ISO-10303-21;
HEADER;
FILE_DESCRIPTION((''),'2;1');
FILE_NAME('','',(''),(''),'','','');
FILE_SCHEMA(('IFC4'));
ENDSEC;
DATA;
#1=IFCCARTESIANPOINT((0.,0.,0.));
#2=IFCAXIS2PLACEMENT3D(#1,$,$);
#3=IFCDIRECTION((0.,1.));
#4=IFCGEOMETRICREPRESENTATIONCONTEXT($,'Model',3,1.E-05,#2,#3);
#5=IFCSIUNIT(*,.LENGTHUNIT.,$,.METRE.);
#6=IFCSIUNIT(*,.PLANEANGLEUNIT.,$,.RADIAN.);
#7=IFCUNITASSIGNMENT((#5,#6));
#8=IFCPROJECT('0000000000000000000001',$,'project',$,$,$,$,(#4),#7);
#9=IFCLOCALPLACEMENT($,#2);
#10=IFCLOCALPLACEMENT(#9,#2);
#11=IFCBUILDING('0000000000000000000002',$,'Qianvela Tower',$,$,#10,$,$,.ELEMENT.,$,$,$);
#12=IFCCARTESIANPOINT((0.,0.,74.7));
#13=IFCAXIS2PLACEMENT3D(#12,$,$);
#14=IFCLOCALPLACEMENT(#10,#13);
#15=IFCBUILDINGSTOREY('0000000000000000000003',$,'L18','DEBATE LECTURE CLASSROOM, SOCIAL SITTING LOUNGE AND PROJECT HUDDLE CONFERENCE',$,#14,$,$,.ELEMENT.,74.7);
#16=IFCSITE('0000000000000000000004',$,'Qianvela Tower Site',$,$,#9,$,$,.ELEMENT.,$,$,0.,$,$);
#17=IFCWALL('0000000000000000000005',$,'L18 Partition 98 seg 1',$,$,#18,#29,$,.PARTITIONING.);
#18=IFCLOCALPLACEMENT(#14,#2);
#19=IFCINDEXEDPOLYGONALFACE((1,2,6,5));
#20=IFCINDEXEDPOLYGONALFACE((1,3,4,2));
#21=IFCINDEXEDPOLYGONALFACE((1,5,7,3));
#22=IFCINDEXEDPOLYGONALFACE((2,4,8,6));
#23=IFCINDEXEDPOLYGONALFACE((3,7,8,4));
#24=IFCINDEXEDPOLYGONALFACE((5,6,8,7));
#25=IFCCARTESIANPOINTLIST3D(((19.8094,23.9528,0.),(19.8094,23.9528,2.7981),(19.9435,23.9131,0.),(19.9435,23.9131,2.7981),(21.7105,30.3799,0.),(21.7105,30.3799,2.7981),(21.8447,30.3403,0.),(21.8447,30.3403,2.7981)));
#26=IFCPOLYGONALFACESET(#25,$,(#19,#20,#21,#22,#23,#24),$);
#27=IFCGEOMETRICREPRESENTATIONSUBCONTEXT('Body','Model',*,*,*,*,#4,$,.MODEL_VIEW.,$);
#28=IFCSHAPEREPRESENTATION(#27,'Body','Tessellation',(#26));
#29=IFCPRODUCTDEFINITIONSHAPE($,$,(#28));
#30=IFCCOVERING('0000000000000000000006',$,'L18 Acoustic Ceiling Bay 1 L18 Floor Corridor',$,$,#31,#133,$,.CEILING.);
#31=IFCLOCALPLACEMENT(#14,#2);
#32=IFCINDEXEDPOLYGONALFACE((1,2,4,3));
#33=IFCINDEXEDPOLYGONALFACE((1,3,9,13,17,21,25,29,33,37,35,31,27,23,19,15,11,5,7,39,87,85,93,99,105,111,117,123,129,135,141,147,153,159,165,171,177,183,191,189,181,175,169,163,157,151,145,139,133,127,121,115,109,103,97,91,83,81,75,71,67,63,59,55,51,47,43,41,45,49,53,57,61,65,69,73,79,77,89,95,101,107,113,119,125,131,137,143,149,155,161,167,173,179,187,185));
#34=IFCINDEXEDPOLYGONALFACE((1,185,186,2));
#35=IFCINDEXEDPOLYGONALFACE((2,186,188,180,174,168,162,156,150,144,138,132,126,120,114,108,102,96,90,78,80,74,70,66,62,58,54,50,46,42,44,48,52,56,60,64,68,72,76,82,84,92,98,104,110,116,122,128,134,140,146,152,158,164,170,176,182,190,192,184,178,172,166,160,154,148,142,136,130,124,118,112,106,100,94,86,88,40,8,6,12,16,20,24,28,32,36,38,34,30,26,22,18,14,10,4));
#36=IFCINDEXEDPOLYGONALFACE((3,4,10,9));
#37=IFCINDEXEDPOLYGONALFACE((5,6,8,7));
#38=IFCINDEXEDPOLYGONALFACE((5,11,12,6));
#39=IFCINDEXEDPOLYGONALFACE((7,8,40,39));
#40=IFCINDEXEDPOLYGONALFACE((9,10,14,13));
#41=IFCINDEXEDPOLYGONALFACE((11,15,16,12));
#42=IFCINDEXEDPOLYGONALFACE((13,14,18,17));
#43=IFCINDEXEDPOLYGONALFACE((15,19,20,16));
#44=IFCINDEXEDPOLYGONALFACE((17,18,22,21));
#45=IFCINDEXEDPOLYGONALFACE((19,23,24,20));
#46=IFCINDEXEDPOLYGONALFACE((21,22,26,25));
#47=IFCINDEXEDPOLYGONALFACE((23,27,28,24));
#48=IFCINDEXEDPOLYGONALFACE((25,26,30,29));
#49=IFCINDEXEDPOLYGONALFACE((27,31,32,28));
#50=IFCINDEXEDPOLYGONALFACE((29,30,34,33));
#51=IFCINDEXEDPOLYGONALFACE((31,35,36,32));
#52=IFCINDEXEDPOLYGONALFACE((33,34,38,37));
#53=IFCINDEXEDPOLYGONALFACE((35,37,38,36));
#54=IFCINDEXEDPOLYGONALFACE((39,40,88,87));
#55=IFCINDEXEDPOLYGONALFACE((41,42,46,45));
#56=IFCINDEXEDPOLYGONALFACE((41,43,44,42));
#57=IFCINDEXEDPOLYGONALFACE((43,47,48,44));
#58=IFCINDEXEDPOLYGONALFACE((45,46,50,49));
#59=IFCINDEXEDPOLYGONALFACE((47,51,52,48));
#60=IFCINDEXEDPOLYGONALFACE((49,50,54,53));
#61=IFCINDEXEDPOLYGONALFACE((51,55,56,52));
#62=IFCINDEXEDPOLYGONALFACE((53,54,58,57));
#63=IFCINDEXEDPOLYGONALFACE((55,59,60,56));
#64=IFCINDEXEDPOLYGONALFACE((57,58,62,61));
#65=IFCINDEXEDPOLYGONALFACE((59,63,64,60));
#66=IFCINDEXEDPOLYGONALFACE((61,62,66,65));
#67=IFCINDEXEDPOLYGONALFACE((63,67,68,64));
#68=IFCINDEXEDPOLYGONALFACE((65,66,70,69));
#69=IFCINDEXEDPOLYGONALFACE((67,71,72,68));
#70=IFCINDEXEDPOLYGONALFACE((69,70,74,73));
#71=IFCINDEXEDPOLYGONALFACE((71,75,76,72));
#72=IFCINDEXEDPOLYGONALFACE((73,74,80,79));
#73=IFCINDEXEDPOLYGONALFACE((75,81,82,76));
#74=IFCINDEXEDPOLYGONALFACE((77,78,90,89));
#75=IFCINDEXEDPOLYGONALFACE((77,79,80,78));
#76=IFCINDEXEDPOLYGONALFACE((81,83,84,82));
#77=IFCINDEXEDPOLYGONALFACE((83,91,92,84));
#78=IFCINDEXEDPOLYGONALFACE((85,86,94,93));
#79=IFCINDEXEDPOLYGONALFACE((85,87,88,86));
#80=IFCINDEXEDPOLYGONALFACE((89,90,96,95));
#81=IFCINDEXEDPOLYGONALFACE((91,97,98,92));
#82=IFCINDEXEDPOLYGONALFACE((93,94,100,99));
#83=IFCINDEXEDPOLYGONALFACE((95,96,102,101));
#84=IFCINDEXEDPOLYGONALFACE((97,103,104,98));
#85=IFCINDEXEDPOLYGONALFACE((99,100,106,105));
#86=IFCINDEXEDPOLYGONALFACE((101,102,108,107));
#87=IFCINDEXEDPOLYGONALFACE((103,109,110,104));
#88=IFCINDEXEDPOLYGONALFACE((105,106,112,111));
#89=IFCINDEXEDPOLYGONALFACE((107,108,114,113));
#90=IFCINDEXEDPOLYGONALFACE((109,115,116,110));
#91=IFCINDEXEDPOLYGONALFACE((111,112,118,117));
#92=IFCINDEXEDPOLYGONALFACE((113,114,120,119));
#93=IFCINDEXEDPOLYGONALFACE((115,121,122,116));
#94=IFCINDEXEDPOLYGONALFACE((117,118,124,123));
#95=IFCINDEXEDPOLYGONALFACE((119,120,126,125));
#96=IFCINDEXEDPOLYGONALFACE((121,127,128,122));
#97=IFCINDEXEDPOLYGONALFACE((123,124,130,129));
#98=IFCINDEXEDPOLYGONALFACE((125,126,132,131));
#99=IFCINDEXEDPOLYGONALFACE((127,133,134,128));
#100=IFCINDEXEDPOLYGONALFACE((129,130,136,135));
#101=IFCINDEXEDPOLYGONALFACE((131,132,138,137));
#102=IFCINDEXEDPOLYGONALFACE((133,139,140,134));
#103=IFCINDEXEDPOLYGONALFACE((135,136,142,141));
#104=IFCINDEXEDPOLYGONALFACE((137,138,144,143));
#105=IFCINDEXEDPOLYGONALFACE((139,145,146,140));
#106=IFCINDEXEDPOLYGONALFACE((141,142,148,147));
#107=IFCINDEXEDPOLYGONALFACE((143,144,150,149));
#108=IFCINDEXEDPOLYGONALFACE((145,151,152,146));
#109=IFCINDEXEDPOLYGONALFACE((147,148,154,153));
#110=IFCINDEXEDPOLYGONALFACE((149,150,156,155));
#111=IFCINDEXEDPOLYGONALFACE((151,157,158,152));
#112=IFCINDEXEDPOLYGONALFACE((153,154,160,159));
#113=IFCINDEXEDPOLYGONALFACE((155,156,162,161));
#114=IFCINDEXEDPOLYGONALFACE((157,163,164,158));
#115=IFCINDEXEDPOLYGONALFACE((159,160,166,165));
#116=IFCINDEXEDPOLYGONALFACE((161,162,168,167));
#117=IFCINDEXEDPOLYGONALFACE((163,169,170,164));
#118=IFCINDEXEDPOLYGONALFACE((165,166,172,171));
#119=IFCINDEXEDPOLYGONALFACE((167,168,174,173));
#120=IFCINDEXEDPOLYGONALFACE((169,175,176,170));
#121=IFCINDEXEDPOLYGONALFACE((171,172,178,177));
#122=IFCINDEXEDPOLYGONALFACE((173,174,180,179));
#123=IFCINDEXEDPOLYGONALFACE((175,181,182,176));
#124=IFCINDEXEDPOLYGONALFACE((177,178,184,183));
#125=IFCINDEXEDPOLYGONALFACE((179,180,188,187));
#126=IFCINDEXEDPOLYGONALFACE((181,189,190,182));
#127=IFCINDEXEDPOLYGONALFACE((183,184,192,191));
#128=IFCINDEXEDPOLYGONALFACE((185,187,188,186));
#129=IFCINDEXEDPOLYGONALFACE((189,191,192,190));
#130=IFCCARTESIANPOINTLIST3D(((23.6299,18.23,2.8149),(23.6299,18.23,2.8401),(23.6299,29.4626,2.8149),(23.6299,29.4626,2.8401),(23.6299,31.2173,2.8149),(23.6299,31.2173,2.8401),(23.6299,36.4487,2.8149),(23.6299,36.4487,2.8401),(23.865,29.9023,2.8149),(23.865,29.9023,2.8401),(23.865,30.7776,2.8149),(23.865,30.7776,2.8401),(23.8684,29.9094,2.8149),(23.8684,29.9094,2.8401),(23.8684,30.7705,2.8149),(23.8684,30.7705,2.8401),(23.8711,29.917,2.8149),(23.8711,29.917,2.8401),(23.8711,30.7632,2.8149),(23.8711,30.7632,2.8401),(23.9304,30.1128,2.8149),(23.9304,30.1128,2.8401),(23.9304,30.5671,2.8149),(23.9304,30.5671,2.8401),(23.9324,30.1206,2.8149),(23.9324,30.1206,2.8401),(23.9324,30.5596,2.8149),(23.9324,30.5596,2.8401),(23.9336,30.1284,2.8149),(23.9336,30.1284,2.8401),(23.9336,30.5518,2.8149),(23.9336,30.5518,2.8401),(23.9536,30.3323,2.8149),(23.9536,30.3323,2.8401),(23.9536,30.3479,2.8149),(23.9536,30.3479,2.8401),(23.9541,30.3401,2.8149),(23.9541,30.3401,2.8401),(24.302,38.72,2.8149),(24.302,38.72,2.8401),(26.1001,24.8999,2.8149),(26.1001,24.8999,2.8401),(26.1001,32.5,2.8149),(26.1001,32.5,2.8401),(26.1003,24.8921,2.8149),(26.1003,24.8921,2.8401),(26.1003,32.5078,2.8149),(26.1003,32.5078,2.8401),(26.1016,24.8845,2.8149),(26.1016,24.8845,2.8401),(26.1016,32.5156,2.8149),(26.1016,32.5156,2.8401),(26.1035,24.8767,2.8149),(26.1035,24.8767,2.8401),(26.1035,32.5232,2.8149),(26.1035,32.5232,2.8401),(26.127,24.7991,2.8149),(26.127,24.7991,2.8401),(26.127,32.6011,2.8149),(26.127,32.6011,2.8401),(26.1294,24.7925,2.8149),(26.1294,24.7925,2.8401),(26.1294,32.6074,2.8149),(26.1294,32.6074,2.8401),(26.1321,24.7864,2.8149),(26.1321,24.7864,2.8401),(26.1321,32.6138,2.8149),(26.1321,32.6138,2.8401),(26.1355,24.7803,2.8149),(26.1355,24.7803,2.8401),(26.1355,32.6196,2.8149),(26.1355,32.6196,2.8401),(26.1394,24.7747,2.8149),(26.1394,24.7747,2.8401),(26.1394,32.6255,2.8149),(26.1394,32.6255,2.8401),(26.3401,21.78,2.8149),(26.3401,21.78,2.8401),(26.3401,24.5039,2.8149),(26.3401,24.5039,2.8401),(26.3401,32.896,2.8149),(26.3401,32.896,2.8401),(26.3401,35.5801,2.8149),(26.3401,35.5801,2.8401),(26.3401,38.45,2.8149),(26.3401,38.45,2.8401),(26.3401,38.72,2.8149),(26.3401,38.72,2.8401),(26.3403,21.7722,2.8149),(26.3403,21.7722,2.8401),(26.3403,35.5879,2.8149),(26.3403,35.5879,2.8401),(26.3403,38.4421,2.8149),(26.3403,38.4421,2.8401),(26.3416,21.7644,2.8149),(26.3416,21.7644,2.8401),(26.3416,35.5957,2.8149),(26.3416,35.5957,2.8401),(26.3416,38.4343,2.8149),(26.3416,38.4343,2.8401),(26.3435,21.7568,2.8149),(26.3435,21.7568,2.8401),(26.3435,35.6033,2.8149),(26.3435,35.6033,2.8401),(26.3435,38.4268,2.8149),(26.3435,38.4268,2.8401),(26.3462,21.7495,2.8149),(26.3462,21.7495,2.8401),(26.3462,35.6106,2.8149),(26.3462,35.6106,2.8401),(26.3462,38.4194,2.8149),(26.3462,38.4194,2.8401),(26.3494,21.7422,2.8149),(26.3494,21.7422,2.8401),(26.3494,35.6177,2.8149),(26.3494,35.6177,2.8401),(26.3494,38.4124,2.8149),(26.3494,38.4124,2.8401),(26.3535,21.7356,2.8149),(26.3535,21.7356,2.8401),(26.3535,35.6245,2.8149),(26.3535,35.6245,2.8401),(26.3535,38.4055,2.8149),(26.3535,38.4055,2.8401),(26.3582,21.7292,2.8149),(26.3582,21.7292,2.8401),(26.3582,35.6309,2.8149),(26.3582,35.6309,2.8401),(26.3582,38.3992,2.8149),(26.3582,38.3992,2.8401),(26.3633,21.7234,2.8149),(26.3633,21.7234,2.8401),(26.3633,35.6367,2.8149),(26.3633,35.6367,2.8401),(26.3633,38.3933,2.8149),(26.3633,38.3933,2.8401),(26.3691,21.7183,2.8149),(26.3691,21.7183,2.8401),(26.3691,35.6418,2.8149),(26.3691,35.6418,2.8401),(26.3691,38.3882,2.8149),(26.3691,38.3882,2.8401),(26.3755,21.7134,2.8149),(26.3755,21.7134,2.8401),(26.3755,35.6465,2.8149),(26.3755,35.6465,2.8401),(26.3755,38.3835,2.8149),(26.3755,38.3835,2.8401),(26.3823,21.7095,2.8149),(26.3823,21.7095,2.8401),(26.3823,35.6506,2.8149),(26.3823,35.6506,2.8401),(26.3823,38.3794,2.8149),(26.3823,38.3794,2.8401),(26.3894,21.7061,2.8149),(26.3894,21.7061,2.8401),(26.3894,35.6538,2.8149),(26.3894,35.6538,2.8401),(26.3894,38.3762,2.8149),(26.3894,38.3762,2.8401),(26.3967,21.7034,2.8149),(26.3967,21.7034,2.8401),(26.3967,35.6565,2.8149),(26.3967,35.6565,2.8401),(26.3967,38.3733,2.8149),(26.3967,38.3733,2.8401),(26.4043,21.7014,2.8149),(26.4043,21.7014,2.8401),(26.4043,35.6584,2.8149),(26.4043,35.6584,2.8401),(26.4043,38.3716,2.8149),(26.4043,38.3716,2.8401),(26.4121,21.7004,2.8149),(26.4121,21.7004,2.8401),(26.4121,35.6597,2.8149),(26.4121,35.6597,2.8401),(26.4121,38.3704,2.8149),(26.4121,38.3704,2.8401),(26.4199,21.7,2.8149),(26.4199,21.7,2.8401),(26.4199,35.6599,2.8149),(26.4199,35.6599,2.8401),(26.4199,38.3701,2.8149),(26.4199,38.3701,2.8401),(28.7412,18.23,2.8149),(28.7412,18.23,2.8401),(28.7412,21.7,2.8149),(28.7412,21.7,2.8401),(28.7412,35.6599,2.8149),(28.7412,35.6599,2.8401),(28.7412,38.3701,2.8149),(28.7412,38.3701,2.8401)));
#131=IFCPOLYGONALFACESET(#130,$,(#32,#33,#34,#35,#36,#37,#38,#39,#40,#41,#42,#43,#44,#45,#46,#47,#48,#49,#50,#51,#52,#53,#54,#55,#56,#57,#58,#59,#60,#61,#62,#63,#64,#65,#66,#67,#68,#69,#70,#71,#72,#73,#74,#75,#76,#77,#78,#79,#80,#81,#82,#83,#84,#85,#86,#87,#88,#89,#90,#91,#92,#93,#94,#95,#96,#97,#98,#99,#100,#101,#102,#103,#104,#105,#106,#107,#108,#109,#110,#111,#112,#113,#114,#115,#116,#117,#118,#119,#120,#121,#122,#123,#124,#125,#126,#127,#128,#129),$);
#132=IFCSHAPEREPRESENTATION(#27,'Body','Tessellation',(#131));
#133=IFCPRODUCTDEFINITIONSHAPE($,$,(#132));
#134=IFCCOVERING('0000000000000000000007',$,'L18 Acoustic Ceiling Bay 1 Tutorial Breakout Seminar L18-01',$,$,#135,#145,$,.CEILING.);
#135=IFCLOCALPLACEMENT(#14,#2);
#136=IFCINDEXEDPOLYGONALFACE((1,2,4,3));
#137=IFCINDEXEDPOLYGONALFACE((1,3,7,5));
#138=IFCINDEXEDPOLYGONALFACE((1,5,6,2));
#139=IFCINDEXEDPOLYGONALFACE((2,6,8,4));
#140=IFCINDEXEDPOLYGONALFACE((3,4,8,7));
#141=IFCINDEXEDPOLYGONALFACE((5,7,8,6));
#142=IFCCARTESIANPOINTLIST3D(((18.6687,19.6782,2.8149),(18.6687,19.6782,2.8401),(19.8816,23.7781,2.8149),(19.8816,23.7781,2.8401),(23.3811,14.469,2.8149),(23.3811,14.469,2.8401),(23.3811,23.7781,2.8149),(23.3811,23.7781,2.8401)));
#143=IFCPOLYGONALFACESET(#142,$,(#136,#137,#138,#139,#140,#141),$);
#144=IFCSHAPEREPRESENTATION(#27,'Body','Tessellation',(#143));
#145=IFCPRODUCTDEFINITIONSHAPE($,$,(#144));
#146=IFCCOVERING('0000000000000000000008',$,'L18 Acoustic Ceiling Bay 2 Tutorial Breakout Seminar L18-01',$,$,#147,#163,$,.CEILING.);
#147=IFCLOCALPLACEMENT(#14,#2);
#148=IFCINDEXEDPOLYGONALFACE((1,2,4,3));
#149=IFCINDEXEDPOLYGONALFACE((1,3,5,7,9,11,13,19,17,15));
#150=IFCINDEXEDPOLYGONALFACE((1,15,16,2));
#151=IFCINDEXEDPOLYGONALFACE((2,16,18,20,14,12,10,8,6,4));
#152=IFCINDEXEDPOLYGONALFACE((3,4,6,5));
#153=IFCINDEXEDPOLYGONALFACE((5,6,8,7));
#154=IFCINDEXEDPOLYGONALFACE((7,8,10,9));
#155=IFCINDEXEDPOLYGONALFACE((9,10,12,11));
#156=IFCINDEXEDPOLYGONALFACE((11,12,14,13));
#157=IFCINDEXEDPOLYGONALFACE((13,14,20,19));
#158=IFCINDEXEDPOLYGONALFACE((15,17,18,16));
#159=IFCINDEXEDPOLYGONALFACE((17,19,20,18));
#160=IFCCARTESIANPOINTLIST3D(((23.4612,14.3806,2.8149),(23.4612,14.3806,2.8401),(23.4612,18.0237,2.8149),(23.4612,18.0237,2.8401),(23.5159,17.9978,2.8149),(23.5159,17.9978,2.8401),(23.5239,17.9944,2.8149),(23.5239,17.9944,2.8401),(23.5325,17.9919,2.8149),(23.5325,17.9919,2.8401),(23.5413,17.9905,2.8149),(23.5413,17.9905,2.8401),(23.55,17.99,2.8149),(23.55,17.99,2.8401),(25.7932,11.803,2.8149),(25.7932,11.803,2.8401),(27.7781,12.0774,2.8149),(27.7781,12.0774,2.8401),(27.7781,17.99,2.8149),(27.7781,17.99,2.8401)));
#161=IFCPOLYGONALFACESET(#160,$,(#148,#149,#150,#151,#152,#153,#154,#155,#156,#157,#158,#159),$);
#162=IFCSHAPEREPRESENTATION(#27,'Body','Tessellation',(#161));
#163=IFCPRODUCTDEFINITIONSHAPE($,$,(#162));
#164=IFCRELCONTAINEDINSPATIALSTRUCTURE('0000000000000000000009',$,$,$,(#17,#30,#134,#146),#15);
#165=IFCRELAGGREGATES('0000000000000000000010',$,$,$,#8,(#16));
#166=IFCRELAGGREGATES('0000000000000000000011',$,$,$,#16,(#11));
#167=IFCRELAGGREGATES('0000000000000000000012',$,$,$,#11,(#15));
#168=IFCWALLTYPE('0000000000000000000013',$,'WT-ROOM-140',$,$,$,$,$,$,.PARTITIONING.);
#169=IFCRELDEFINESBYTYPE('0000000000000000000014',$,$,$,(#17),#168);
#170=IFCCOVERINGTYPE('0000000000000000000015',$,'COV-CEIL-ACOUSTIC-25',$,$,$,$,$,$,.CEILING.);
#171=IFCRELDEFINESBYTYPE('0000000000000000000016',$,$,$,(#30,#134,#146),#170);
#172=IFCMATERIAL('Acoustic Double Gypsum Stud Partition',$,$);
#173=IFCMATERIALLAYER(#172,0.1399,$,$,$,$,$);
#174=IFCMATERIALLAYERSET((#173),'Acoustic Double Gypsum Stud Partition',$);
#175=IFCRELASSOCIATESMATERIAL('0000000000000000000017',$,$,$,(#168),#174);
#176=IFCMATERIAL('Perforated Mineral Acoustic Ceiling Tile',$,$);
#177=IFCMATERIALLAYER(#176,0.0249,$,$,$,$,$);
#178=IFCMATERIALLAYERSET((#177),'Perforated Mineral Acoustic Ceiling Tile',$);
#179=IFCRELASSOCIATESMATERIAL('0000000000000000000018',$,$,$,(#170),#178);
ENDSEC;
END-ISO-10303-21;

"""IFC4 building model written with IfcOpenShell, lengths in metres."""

from ifc_helpers import new_model, si_unit, direction, frame, frame_2d, origin, place, context, subcontext, project, spatial, polyline, rectangle, outline, extrude, material, layer, layer_set, type_object, element, save


model = new_model("IFC4")

# Units and contexts
model_context = context("Model", 3, precision=1e-05, world=origin(), true_north=direction((0.0, 1.0)))
body_context = subcontext(model_context, "Body", "Model", "MODEL_VIEW")
ifc_project = project(units=[si_unit("LENGTHUNIT", "METRE"), si_unit("PLANEANGLEUNIT", "RADIAN")], contexts=[model_context])

# Site, building, storey
site_placement = place(None, origin())
site = spatial("IfcSite", under=ifc_project, at=site_placement, Name="Qianvela Tower Site", CompositionType="ELEMENT", RefElevation=0.0)
building_placement = place(site_placement, origin())
building = spatial("IfcBuilding", under=site, at=building_placement, Name="Qianvela Tower", CompositionType="ELEMENT")
storey_placement = place(building_placement, frame((0.0, 0.0, 74.7)))
storey = spatial("IfcBuildingStorey", under=building, at=storey_placement, Name="L18", Description="DEBATE LECTURE CLASSROOM, SOCIAL SITTING LOUNGE AND PROJECT HUDDLE CONFERENCE", CompositionType="ELEMENT", Elevation=74.7)

# Wall
ifc_material_1 = material(Name="Acoustic Double Gypsum Stud Partition")
ifc_layer_1 = layer(ifc_material_1, 0.1399)
ifc_layer_set_1 = layer_set([ifc_layer_1], Name="Acoustic Double Gypsum Stud Partition")
wall_type_1 = type_object("IfcWallType", Name="WT-ROOM-140", PredefinedType="PARTITIONING", material=ifc_layer_set_1)
wall_1_placement = place(storey_placement, frame((19.8765, 23.9331, 0.0), z_axis=(0.0, 0.0, 1.0), x_axis=(0.283653, 0.958927, 0.0)))
element("IfcWall", 1, at=wall_1_placement, inside=storey, type_object=wall_type_1, Name="L18 Partition 98 seg 1", PredefinedType="PARTITIONING", context=body_context, shape_type="SweptSolid", body=[
    extrude(rectangle(XDim=6.7024, YDim=0.1399, at=frame_2d((3.3511, 0.0))), origin(), (0.0, 0.0, 1.0), 2.7981),
])

# Coverings
ifc_material_2 = material(Name="Perforated Mineral Acoustic Ceiling Tile")
ifc_layer_2 = layer(ifc_material_2, 0.0249)
ifc_layer_set_2 = layer_set([ifc_layer_2], Name="Perforated Mineral Acoustic Ceiling Tile")
covering_type_1 = type_object("IfcCoveringType", Name="COV-CEIL-ACOUSTIC-25", PredefinedType="CEILING", material=ifc_layer_set_2)
covering_1_placement = place(storey_placement, frame((0.0, 0.0, 2.8149)))
element("IfcCovering", 2, at=covering_1_placement, inside=storey, type_object=covering_type_1, Name="L18 Acoustic Ceiling Bay 1 L18 Floor Corridor", PredefinedType="CEILING", context=body_context, shape_type="SweptSolid", body=[
    extrude(outline(polyline([(23.8684, 30.7705), (23.865, 30.7776), (23.6299, 31.2173), (23.6299, 36.4487), (24.302, 38.72), (26.3401, 38.72), (26.3401, 38.45), (26.3403, 38.4421), (26.3416, 38.4343), (26.3435, 38.4268), (26.3462, 38.4194), (26.3494, 38.4124), (26.3535, 38.4055), (26.3582, 38.3992), (26.3633, 38.3933), (26.3691, 38.3882), (26.3755, 38.3835), (26.3823, 38.3794), (26.3894, 38.3762), (26.3967, 38.3733), (26.4043, 38.3716), (26.4121, 38.3704), (26.4199, 38.3701), (28.7412, 38.3701), (28.7412, 35.6599), (26.4199, 35.6599), (26.4121, 35.6597), (26.4043, 35.6584), (26.3967, 35.6565), (26.3894, 35.6538), (26.3823, 35.6506), (26.3755, 35.6465), (26.3691, 35.6418), (26.3633, 35.6367), (26.3582, 35.6309), (26.3535, 35.6245), (26.3494, 35.6177), (26.3462, 35.6106), (26.3435, 35.6033), (26.3416, 35.5957), (26.3403, 35.5879), (26.3401, 35.5801), (26.3401, 32.896), (26.1394, 32.6255), (26.1355, 32.6196), (26.1321, 32.6138), (26.1294, 32.6074), (26.127, 32.6011), (26.1035, 32.5232), (26.1016, 32.5156), (26.1003, 32.5078), (26.1001, 32.5), (26.1001, 24.8999), (26.1003, 24.8921), (26.1016, 24.8845), (26.1035, 24.8767), (26.127, 24.7991), (26.1294, 24.7925), (26.1321, 24.7864), (26.1355, 24.7803), (26.1394, 24.7747), (26.3401, 24.5039), (26.3401, 21.78), (26.3403, 21.7722), (26.3416, 21.7644), (26.3435, 21.7568), (26.3462, 21.7495), (26.3494, 21.7422), (26.3535, 21.7356), (26.3582, 21.7292), (26.3633, 21.7234), (26.3691, 21.7183), (26.3755, 21.7134), (26.3823, 21.7095), (26.3894, 21.7061), (26.3967, 21.7034), (26.4043, 21.7014), (26.4121, 21.7004), (26.4199, 21.7), (28.7412, 21.7), (28.7412, 18.23), (23.6299, 18.23), (23.6299, 29.4626), (23.865, 29.9023), (23.8684, 29.9094), (23.8711, 29.917), (23.9304, 30.1128), (23.9324, 30.1206), (23.9336, 30.1284), (23.9536, 30.3323), (23.9541, 30.3401), (23.9536, 30.3479), (23.9336, 30.5518), (23.9324, 30.5596), (23.9304, 30.5671), (23.8711, 30.7632), (23.8684, 30.7705)])), origin(), (0.0, 0.0, 1.0), 0.0251),
])
covering_2_placement = place(storey_placement, frame((0.0, 0.0, 2.8149)))
element("IfcCovering", 3, at=covering_2_placement, inside=storey, type_object=covering_type_1, Name="L18 Acoustic Ceiling Bay 1 Tutorial Breakout Seminar L18-01", PredefinedType="CEILING", context=body_context, shape_type="SweptSolid", body=[
    extrude(outline(polyline([(23.3811, 23.7781), (23.3811, 14.469), (18.6687, 19.6782), (19.8816, 23.7781), (23.3811, 23.7781)])), origin(), (0.0, 0.0, 1.0), 0.0251),
])
covering_3_placement = place(storey_placement, frame((0.0, 0.0, 2.8149)))
element("IfcCovering", 4, at=covering_3_placement, inside=storey, type_object=covering_type_1, Name="L18 Acoustic Ceiling Bay 2 Tutorial Breakout Seminar L18-01", PredefinedType="CEILING", context=body_context, shape_type="SweptSolid", body=[
    extrude(outline(polyline([(23.5159, 17.9978), (23.5239, 17.9944), (23.5325, 17.9919), (23.5413, 17.9905), (23.55, 17.99), (27.7781, 17.99), (27.7781, 12.0774), (25.7932, 11.803), (23.4612, 14.3806), (23.4612, 18.0237), (23.5159, 17.9978)])), origin(), (0.0, 0.0, 1.0), 0.0251),
])

save(model, "model.ifc")
